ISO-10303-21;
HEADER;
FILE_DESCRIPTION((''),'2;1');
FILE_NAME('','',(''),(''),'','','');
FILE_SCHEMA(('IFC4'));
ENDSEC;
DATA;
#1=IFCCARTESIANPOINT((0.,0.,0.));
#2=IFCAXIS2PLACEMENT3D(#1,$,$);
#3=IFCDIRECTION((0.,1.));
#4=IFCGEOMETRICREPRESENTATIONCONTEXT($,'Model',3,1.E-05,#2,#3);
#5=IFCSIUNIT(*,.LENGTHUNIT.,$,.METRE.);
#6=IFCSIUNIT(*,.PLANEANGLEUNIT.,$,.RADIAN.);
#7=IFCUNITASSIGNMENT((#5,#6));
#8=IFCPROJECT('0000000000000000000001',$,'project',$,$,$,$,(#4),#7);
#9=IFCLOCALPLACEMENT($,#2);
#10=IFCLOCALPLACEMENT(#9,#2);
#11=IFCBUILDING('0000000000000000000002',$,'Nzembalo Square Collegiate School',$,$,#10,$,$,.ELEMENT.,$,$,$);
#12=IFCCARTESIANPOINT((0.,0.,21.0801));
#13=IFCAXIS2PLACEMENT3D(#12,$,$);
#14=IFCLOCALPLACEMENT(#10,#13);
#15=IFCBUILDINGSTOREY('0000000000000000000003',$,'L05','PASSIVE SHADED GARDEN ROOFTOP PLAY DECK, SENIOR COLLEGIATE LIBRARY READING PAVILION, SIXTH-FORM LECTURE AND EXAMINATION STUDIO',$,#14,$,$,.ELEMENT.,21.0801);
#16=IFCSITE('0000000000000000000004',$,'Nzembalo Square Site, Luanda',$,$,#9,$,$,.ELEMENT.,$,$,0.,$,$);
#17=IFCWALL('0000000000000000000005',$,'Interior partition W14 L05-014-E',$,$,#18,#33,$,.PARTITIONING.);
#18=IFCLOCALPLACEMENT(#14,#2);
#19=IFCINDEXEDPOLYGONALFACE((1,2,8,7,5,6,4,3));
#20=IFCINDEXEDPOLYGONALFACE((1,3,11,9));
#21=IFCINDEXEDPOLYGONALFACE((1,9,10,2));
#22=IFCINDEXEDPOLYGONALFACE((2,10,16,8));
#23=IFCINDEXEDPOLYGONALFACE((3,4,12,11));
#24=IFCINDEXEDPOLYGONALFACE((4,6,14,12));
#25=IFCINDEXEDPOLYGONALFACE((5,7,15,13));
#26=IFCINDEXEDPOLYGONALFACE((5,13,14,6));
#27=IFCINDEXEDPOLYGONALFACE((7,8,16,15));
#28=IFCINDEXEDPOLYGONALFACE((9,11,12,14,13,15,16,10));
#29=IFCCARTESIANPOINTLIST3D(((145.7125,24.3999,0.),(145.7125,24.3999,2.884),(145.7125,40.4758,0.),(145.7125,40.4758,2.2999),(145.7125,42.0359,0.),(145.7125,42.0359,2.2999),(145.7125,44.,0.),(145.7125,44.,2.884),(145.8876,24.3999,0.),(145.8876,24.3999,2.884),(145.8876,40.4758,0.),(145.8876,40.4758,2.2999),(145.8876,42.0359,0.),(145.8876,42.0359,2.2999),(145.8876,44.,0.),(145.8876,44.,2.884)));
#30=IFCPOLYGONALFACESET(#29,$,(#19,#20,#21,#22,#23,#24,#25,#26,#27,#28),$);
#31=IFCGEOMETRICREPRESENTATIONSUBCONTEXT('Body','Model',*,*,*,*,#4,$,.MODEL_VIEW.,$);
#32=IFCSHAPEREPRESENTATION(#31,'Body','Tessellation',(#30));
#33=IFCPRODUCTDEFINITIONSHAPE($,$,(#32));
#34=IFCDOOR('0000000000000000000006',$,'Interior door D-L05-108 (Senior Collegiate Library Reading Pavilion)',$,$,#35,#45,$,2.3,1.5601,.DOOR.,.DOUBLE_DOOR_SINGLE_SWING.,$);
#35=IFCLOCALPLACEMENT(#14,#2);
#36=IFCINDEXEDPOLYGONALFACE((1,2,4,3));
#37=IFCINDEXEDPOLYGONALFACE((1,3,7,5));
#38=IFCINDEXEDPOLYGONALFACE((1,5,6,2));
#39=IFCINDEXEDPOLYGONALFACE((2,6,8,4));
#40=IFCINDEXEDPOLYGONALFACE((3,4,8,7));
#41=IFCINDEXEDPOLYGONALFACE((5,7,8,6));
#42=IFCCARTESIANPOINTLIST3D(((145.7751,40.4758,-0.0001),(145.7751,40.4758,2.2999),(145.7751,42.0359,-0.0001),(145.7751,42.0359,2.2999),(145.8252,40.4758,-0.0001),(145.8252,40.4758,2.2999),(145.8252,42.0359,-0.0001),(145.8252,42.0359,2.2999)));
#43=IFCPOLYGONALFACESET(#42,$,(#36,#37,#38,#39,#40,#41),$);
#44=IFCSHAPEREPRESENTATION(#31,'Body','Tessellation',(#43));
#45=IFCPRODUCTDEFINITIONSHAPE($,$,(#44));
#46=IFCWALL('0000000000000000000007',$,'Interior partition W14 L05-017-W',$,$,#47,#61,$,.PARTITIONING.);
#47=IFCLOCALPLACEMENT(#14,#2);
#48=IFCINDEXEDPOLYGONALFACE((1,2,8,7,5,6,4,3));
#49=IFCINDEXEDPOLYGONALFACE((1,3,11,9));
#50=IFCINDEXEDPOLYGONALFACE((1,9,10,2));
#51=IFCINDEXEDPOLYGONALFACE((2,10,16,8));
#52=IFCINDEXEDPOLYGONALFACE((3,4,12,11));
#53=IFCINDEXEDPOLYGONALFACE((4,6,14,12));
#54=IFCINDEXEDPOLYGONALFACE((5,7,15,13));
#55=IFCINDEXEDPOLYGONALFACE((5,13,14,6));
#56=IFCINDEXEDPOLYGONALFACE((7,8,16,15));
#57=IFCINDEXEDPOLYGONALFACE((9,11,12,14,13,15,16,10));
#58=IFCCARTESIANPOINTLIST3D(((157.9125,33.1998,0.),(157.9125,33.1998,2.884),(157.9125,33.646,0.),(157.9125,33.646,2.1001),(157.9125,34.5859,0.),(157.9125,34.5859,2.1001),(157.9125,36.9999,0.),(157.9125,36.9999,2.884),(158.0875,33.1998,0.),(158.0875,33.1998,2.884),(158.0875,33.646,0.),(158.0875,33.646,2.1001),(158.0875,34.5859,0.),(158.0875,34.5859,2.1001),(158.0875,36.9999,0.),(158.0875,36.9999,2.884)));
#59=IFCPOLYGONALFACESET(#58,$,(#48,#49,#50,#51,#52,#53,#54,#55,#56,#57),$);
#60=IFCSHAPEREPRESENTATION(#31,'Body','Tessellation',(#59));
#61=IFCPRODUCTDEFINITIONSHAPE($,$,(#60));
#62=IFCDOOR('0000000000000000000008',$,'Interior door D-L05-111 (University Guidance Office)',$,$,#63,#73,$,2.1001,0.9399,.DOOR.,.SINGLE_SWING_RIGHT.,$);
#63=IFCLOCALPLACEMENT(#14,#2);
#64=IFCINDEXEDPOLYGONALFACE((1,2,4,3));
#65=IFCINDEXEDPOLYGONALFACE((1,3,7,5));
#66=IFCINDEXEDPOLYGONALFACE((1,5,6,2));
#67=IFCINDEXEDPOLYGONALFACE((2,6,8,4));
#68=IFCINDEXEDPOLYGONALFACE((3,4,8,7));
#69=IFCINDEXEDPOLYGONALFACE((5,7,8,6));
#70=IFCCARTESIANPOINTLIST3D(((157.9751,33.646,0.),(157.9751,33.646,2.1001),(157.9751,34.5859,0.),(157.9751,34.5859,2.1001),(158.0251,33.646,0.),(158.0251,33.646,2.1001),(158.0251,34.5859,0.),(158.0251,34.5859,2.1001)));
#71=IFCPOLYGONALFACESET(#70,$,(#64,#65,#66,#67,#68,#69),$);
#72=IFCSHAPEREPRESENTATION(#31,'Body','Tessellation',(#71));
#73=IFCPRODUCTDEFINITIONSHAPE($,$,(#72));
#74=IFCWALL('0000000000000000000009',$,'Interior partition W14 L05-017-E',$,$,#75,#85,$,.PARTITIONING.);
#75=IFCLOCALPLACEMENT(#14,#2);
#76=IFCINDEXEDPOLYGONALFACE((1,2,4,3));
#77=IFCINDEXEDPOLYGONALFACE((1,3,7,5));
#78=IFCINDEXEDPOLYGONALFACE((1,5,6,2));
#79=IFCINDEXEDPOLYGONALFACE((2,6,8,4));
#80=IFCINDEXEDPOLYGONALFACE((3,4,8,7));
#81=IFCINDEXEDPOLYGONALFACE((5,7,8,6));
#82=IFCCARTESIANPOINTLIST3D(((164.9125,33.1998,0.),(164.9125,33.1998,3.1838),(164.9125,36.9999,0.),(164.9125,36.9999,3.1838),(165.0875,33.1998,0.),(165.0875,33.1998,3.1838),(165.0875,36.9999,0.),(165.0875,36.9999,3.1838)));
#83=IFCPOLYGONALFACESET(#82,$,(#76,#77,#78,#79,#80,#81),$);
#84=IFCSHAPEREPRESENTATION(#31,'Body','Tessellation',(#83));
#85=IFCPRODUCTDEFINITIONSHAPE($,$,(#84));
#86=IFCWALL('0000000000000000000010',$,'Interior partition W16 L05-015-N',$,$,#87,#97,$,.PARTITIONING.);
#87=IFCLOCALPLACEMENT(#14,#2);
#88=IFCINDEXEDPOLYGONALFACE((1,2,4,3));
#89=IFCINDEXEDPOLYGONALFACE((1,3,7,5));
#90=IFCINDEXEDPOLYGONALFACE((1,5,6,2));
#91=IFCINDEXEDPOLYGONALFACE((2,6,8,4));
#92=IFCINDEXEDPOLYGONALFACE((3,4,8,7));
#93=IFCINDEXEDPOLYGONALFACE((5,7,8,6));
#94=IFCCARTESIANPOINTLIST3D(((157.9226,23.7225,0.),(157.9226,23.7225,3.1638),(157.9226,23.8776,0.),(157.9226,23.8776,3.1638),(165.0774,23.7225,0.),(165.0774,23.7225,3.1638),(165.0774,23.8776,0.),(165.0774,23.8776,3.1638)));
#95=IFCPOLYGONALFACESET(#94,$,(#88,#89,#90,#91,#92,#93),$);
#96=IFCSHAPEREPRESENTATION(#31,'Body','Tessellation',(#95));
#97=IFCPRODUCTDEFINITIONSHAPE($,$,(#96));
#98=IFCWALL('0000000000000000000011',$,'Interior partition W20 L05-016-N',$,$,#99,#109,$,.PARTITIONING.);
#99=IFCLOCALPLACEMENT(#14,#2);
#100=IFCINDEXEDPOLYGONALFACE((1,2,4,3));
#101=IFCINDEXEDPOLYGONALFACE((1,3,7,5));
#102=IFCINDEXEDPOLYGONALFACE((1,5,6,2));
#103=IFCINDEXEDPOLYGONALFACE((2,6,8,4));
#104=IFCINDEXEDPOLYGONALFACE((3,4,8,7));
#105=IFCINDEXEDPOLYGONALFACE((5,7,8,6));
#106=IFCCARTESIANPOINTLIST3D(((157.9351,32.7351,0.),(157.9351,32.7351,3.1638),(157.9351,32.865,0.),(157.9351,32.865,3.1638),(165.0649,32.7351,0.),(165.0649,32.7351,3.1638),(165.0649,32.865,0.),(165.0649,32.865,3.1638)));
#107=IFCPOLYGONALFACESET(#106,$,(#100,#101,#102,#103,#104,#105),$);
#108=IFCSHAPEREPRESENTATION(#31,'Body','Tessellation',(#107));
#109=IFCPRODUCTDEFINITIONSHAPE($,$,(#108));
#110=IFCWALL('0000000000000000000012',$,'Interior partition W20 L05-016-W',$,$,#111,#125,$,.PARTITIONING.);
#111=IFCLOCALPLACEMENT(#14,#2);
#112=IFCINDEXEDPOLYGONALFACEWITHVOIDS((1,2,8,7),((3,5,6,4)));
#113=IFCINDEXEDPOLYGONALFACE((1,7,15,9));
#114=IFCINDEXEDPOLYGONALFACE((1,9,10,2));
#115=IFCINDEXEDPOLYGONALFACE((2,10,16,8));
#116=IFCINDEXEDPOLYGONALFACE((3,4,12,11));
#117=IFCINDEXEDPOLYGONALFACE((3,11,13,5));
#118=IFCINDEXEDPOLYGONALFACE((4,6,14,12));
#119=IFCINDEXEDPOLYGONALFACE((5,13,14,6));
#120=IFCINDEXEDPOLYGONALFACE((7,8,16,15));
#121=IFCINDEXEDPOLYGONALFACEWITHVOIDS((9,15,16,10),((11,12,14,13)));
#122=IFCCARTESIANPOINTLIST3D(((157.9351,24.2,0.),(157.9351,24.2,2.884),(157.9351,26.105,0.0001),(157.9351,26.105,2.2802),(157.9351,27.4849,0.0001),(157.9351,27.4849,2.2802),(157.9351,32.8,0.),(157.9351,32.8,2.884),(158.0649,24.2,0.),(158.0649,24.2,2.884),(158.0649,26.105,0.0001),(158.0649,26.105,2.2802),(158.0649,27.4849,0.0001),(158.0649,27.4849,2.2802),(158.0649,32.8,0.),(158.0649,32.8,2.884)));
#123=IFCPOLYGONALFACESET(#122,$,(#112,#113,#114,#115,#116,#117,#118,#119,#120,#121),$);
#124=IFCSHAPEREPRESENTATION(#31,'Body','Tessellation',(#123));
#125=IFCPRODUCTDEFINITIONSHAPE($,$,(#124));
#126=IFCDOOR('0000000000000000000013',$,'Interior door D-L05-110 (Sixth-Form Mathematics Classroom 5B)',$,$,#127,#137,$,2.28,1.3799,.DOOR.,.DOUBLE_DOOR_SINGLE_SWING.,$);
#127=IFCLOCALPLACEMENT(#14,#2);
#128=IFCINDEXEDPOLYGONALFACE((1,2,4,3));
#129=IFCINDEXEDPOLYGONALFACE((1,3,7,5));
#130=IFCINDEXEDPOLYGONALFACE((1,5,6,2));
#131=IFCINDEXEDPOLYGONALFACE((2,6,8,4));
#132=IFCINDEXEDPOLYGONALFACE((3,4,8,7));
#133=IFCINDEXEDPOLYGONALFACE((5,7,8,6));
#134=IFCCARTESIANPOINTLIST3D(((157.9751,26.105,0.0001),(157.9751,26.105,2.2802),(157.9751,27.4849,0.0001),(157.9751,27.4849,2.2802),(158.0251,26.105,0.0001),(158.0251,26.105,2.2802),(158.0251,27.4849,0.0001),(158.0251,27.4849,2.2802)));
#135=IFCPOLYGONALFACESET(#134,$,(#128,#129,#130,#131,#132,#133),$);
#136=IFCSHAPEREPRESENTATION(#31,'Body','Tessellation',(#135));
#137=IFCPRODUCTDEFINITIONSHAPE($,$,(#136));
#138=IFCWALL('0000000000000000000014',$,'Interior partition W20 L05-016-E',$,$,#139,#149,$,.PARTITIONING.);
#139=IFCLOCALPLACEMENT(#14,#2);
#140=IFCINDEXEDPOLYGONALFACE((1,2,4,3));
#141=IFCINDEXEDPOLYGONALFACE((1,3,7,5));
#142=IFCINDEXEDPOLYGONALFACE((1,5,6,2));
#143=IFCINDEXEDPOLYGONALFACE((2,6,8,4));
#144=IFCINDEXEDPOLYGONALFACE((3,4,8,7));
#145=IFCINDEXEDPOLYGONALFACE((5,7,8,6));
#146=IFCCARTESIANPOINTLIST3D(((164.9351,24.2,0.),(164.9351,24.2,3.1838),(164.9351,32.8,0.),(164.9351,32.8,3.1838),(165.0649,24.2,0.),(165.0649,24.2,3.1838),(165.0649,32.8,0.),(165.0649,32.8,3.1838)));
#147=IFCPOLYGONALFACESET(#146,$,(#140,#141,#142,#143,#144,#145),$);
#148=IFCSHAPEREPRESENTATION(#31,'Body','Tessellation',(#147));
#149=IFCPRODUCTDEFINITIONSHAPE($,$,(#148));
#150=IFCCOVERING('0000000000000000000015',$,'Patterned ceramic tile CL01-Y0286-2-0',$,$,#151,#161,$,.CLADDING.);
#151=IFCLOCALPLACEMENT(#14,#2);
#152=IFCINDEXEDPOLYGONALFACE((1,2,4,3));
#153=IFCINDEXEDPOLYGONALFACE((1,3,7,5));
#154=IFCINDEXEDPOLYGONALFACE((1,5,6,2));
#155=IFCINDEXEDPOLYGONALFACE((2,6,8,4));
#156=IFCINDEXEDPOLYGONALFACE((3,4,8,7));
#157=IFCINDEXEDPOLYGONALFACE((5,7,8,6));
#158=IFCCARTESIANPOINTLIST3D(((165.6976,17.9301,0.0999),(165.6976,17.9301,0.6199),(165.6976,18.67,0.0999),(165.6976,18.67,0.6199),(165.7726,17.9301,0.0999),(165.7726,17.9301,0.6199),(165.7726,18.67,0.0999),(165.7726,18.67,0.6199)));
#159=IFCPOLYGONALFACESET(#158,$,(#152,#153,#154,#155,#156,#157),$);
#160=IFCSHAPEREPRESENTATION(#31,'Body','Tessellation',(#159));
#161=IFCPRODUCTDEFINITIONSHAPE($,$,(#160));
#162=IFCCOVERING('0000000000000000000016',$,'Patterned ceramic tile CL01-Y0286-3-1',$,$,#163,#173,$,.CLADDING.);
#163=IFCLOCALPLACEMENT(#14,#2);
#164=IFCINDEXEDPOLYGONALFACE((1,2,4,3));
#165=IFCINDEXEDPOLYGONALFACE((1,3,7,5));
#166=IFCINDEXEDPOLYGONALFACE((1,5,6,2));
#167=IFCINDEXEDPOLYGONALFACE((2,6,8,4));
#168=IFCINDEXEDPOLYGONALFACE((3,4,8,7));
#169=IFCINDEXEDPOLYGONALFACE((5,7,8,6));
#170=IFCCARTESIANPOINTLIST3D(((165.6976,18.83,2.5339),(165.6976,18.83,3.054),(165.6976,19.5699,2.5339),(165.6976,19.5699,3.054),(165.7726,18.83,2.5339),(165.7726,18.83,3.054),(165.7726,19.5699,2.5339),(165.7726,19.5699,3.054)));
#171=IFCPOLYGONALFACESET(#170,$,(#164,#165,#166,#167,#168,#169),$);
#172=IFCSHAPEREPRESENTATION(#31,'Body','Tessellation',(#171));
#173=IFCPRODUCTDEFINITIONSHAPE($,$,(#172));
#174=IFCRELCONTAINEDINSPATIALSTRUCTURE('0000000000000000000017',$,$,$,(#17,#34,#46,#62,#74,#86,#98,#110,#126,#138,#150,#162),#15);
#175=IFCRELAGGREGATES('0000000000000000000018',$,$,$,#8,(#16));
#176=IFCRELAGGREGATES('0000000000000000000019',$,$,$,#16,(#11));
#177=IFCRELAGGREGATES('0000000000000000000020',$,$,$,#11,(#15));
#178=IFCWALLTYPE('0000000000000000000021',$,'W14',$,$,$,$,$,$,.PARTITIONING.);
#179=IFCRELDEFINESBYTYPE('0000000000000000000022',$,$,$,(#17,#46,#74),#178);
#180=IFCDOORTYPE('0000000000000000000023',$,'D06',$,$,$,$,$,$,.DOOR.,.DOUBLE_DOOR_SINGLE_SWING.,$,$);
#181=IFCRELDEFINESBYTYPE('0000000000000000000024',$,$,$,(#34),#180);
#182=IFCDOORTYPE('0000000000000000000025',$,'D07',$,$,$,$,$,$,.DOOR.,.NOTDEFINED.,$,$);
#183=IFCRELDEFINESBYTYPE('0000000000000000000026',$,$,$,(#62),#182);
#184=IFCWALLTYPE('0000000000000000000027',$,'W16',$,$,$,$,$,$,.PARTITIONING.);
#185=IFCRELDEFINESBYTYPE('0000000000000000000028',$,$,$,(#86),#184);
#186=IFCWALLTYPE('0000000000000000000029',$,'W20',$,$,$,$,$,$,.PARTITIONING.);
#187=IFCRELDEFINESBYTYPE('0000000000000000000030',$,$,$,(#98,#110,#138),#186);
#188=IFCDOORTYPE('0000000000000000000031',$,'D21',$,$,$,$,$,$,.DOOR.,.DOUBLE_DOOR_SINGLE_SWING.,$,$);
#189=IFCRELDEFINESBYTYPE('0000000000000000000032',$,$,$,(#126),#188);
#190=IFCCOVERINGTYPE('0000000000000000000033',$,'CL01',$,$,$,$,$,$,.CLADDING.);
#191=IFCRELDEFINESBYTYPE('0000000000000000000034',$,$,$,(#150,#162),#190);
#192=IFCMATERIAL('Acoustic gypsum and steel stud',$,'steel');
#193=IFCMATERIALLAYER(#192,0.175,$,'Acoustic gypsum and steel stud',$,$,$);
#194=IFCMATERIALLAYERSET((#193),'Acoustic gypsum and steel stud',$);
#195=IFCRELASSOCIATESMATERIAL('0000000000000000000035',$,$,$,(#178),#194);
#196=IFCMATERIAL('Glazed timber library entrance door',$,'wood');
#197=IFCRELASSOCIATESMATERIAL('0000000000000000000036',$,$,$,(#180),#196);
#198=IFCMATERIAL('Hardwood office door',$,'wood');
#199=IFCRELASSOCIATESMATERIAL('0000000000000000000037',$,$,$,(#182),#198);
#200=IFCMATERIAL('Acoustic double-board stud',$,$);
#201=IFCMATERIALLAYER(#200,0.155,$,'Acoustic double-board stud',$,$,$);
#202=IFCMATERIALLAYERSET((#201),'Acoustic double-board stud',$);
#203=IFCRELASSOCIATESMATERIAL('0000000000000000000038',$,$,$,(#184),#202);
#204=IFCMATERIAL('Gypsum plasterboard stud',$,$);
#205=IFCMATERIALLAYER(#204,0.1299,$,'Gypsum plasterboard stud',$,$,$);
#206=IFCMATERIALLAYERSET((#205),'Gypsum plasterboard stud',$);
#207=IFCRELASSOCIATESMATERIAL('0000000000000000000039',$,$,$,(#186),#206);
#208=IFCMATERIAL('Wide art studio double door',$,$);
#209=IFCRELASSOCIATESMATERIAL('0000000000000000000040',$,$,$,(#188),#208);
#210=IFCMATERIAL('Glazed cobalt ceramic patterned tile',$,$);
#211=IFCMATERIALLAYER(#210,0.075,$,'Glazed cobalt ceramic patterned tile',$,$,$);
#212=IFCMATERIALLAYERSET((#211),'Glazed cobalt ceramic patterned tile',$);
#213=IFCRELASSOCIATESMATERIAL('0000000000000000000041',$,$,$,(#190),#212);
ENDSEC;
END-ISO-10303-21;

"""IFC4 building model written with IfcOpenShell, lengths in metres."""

from ifc_helpers import new_model, si_unit, direction, frame, frame_2d, origin, origin_2d, place, context, subcontext, project, spatial, rectangle, extrude, material, layer, layer_set, type_object, element, fill, save


model = new_model("IFC4")

# Units and contexts
model_context = context("Model", 3, precision=1e-05, world=origin(), true_north=direction((0.0, 1.0)))
body_context = subcontext(model_context, "Body", "Model", "MODEL_VIEW")
ifc_project = project(units=[si_unit("LENGTHUNIT", "METRE"), si_unit("PLANEANGLEUNIT", "RADIAN")], contexts=[model_context])

# Site, building, storey
site_placement = place(None, origin())
site = spatial("IfcSite", under=ifc_project, at=site_placement, Name="Nzembalo Square Site, Luanda", CompositionType="ELEMENT", RefElevation=0.0)
building_placement = place(site_placement, origin())
building = spatial("IfcBuilding", under=site, at=building_placement, Name="Nzembalo Square Collegiate School", CompositionType="ELEMENT")
storey_placement = place(building_placement, frame((0.0, 0.0, 21.0801)))
storey = spatial("IfcBuildingStorey", under=building, at=storey_placement, Name="L05", Description="PASSIVE SHADED GARDEN ROOFTOP PLAY DECK, SENIOR COLLEGIATE LIBRARY READING PAVILION, SIXTH-FORM LECTURE AND EXAMINATION STUDIO", CompositionType="ELEMENT", Elevation=21.0801)

# Walls, openings, doors
ifc_material_1 = material(Name="Acoustic gypsum and steel stud", Category="steel")
ifc_layer_1 = layer(ifc_material_1, 0.175, Name="Acoustic gypsum and steel stud")
ifc_layer_set_1 = layer_set([ifc_layer_1], Name="Acoustic gypsum and steel stud")
wall_type_1 = type_object("IfcWallType", Name="W14", PredefinedType="PARTITIONING", material=ifc_layer_set_1)
wall_1_placement = place(storey_placement, frame((145.8, 24.3999, 0.0), z_axis=(0.0, 0.0, 1.0), x_axis=(0.0, 1.0, 0.0)))
wall_1 = element("IfcWall", 1, at=wall_1_placement, inside=storey, type_object=wall_type_1, Name="Interior partition W14 L05-014-E", PredefinedType="PARTITIONING", context=body_context, shape_type="SweptSolid", body=[
    extrude(rectangle(XDim=19.6001, YDim=0.175, at=frame_2d((9.8, 0.0))), origin(), (0.0, 0.0, 1.0), 2.884),
])
opening_1_placement = place(wall_1_placement, frame((16.0759, 0.0, 0.0)))
opening_1 = element("IfcOpeningElement", 2, at=opening_1_placement, cuts=wall_1, PredefinedType="OPENING", context=body_context, shape_type="SweptSolid", body=[
    extrude(rectangle(XDim=1.5601, YDim=2.3, at=frame_2d((0.78, 1.1499))), frame((0.0, 0.0977, 0.0), z_axis=(0.0, -1.0, 0.0), x_axis=(1.0, 0.0, 0.0)), (0.0, 0.0, 1.0), 0.1951),
])
ifc_material_2 = material(Name="Glazed timber library entrance door", Category="wood")
door_type_1 = type_object("IfcDoorType", Name="D06", OperationType="DOUBLE_DOOR_SINGLE_SWING", PredefinedType="DOOR", material=ifc_material_2)
door_1_placement = place(opening_1_placement, origin())
door_1 = element("IfcDoor", 3, at=door_1_placement, inside=storey, type_object=door_type_1, Name="Interior door D-L05-108 (Senior Collegiate Library Reading Pavilion)", OperationType="DOUBLE_DOOR_SINGLE_SWING", OverallHeight=2.3, OverallWidth=1.5601, PredefinedType="DOOR", context=body_context, shape_type="SweptSolid", body=[
    extrude(rectangle(XDim=1.5601, YDim=2.3, at=frame_2d((0.78, 1.1499))), frame((0.0, 0.0249, 0.0), z_axis=(0.0, -1.0, 0.0), x_axis=(1.0, 0.0, 0.0)), (0.0, 0.0, 1.0), 0.05),
])
fill(opening_1, door_1)
wall_2_placement = place(storey_placement, frame((158.0, 33.2, 0.0), z_axis=(0.0, 0.0, 1.0), x_axis=(0.0, 1.0, 0.0)))
wall_2 = element("IfcWall", 4, at=wall_2_placement, inside=storey, type_object=wall_type_1, Name="Interior partition W14 L05-017-W", PredefinedType="PARTITIONING", context=body_context, shape_type="SweptSolid", body=[
    extrude(rectangle(XDim=3.8, YDim=0.175, at=frame_2d((1.8999, 0.0))), origin(), (0.0, 0.0, 1.0), 2.884),
])
opening_2_placement = place(wall_2_placement, frame((0.446, 0.0, 0.0)))
opening_2 = element("IfcOpeningElement", 5, at=opening_2_placement, cuts=wall_2, PredefinedType="OPENING", context=body_context, shape_type="SweptSolid", body=[
    extrude(rectangle(XDim=0.9399, YDim=2.1001, at=frame_2d((0.47, 1.05))), frame((0.0, 0.0977, 0.0), z_axis=(0.0, -1.0, 0.0), x_axis=(1.0, 0.0, 0.0)), (0.0, 0.0, 1.0), 0.1951),
])
ifc_material_3 = material(Name="Hardwood office door", Category="wood")
door_type_2 = type_object("IfcDoorType", Name="D07", OperationType="NOTDEFINED", PredefinedType="DOOR", material=ifc_material_3)
door_2_placement = place(opening_2_placement, origin())
door_2 = element("IfcDoor", 6, at=door_2_placement, inside=storey, type_object=door_type_2, Name="Interior door D-L05-111 (University Guidance Office)", OperationType="SINGLE_SWING_RIGHT", OverallHeight=2.1001, OverallWidth=0.9399, PredefinedType="DOOR", context=body_context, shape_type="SweptSolid", body=[
    extrude(rectangle(XDim=0.9399, YDim=2.1001, at=frame_2d((0.47, 1.05))), frame((0.0, 0.0249, 0.0), z_axis=(0.0, -1.0, 0.0), x_axis=(1.0, 0.0, 0.0)), (0.0, 0.0, 1.0), 0.05),
])
fill(opening_2, door_2)

# Walls
wall_3_placement = place(storey_placement, frame((165.0, 33.2, 0.0), z_axis=(0.0, 0.0, 1.0), x_axis=(0.0, 1.0, 0.0)))
element("IfcWall", 7, at=wall_3_placement, inside=storey, type_object=wall_type_1, Name="Interior partition W14 L05-017-E", PredefinedType="PARTITIONING", context=body_context, shape_type="SweptSolid", body=[
    extrude(rectangle(XDim=3.8, YDim=0.175, at=frame_2d((1.8999, 0.0))), origin(), (0.0, 0.0, 1.0), 3.1838),
])
ifc_material_4 = material(Name="Acoustic double-board stud")
ifc_layer_2 = layer(ifc_material_4, 0.155, Name="Acoustic double-board stud")
ifc_layer_set_2 = layer_set([ifc_layer_2], Name="Acoustic double-board stud")
wall_type_2 = type_object("IfcWallType", Name="W16", PredefinedType="PARTITIONING", material=ifc_layer_set_2)
wall_4_placement = place(storey_placement, frame((157.9226, 23.8, 0.0), z_axis=(0.0, 0.0, 1.0), x_axis=(1.0, 0.0, 0.0)))
element("IfcWall", 8, at=wall_4_placement, inside=storey, type_object=wall_type_2, Name="Interior partition W16 L05-015-N", PredefinedType="PARTITIONING", context=body_context, shape_type="SweptSolid", body=[
    extrude(rectangle(XDim=7.1548, YDim=0.155, at=frame_2d((3.5774, 0.0))), origin(), (0.0, 0.0, 1.0), 3.1638),
])
ifc_material_5 = material(Name="Gypsum plasterboard stud")
ifc_layer_3 = layer(ifc_material_5, 0.1299, Name="Gypsum plasterboard stud")
ifc_layer_set_3 = layer_set([ifc_layer_3], Name="Gypsum plasterboard stud")
wall_type_3 = type_object("IfcWallType", Name="W20", PredefinedType="PARTITIONING", material=ifc_layer_set_3)
wall_5_placement = place(storey_placement, frame((157.9351, 32.8, 0.0), z_axis=(0.0, 0.0, 1.0), x_axis=(1.0, 0.0, 0.0)))
element("IfcWall", 9, at=wall_5_placement, inside=storey, type_object=wall_type_3, Name="Interior partition W20 L05-016-N", PredefinedType="PARTITIONING", context=body_context, shape_type="SweptSolid", body=[
    extrude(rectangle(XDim=7.1299, YDim=0.1299, at=frame_2d((3.5649, 0.0))), origin(), (0.0, 0.0, 1.0), 3.1638),
])

# Wall, opening, door
wall_6_placement = place(storey_placement, frame((158.0, 24.2, 0.0), z_axis=(0.0, 0.0, 1.0), x_axis=(0.0, 1.0, 0.0)))
wall_6 = element("IfcWall", 10, at=wall_6_placement, inside=storey, type_object=wall_type_3, Name="Interior partition W20 L05-016-W", PredefinedType="PARTITIONING", context=body_context, shape_type="SweptSolid", body=[
    extrude(rectangle(XDim=8.6001, YDim=0.1299, at=frame_2d((4.3, 0.0))), origin(), (0.0, 0.0, 1.0), 2.884),
])
opening_3_placement = place(wall_6_placement, frame((1.905, 0.0, 0.0)))
opening_3 = element("IfcOpeningElement", 11, at=opening_3_placement, cuts=wall_6, PredefinedType="OPENING", context=body_context, shape_type="SweptSolid", body=[
    extrude(rectangle(XDim=1.3799, YDim=2.28, at=frame_2d((0.6899, 1.1401))), frame((0.0, 0.075, 0.0), z_axis=(0.0, -1.0, 0.0), x_axis=(1.0, 0.0, 0.0)), (0.0, 0.0, 1.0), 0.1499),
])
ifc_material_6 = material(Name="Wide art studio double door")
door_type_3 = type_object("IfcDoorType", Name="D21", OperationType="DOUBLE_DOOR_SINGLE_SWING", PredefinedType="DOOR", material=ifc_material_6)
door_3_placement = place(opening_3_placement, origin())
door_3 = element("IfcDoor", 12, at=door_3_placement, inside=storey, type_object=door_type_3, Name="Interior door D-L05-110 (Sixth-Form Mathematics Classroom 5B)", OperationType="DOUBLE_DOOR_SINGLE_SWING", OverallHeight=2.28, OverallWidth=1.3799, PredefinedType="DOOR", context=body_context, shape_type="SweptSolid", body=[
    extrude(rectangle(XDim=1.3799, YDim=2.28, at=frame_2d((0.6899, 1.1401))), frame((0.0, 0.0249, 0.0), z_axis=(0.0, -1.0, 0.0), x_axis=(1.0, 0.0, 0.0)), (0.0, 0.0, 1.0), 0.05),
])
fill(opening_3, door_3)

# Wall
wall_7_placement = place(storey_placement, frame((165.0, 24.2, 0.0), z_axis=(0.0, 0.0, 1.0), x_axis=(0.0, 1.0, 0.0)))
element("IfcWall", 13, at=wall_7_placement, inside=storey, type_object=wall_type_3, Name="Interior partition W20 L05-016-E", PredefinedType="PARTITIONING", context=body_context, shape_type="SweptSolid", body=[
    extrude(rectangle(XDim=8.6001, YDim=0.1299, at=frame_2d((4.3, 0.0))), origin(), (0.0, 0.0, 1.0), 3.1838),
])

# Coverings
ifc_material_7 = material(Name="Glazed cobalt ceramic patterned tile")
ifc_layer_4 = layer(ifc_material_7, 0.075, Name="Glazed cobalt ceramic patterned tile")
ifc_layer_set_4 = layer_set([ifc_layer_4], Name="Glazed cobalt ceramic patterned tile")
covering_type = type_object("IfcCoveringType", Name="CL01", PredefinedType="CLADDING", material=ifc_layer_set_4)
for number, where, z_axis, x_axis, name in (
    (14, (165.7351, 18.3, 0.0999), (0.0, 0.0, 1.0), (1.0, 0.0, 0.0), "Patterned ceramic tile CL01-Y0286-2-0"),
    (15, (165.7351, 19.2, 2.5339), (0.0, 0.0, 1.0), (1.0, 0.0, 0.0), "Patterned ceramic tile CL01-Y0286-3-1"),
):
    element("IfcCovering", number, at=place(storey_placement, frame(where, z_axis=z_axis, x_axis=x_axis)), inside=storey, type_object=covering_type, Name=name, PredefinedType="CLADDING", context=body_context, shape_type="SweptSolid", body=[
        extrude(rectangle(XDim=0.075, YDim=0.74, at=origin_2d()), origin(), (0.0, 0.0, 1.0), 0.52),
    ])

save(model, "model.ifc")
